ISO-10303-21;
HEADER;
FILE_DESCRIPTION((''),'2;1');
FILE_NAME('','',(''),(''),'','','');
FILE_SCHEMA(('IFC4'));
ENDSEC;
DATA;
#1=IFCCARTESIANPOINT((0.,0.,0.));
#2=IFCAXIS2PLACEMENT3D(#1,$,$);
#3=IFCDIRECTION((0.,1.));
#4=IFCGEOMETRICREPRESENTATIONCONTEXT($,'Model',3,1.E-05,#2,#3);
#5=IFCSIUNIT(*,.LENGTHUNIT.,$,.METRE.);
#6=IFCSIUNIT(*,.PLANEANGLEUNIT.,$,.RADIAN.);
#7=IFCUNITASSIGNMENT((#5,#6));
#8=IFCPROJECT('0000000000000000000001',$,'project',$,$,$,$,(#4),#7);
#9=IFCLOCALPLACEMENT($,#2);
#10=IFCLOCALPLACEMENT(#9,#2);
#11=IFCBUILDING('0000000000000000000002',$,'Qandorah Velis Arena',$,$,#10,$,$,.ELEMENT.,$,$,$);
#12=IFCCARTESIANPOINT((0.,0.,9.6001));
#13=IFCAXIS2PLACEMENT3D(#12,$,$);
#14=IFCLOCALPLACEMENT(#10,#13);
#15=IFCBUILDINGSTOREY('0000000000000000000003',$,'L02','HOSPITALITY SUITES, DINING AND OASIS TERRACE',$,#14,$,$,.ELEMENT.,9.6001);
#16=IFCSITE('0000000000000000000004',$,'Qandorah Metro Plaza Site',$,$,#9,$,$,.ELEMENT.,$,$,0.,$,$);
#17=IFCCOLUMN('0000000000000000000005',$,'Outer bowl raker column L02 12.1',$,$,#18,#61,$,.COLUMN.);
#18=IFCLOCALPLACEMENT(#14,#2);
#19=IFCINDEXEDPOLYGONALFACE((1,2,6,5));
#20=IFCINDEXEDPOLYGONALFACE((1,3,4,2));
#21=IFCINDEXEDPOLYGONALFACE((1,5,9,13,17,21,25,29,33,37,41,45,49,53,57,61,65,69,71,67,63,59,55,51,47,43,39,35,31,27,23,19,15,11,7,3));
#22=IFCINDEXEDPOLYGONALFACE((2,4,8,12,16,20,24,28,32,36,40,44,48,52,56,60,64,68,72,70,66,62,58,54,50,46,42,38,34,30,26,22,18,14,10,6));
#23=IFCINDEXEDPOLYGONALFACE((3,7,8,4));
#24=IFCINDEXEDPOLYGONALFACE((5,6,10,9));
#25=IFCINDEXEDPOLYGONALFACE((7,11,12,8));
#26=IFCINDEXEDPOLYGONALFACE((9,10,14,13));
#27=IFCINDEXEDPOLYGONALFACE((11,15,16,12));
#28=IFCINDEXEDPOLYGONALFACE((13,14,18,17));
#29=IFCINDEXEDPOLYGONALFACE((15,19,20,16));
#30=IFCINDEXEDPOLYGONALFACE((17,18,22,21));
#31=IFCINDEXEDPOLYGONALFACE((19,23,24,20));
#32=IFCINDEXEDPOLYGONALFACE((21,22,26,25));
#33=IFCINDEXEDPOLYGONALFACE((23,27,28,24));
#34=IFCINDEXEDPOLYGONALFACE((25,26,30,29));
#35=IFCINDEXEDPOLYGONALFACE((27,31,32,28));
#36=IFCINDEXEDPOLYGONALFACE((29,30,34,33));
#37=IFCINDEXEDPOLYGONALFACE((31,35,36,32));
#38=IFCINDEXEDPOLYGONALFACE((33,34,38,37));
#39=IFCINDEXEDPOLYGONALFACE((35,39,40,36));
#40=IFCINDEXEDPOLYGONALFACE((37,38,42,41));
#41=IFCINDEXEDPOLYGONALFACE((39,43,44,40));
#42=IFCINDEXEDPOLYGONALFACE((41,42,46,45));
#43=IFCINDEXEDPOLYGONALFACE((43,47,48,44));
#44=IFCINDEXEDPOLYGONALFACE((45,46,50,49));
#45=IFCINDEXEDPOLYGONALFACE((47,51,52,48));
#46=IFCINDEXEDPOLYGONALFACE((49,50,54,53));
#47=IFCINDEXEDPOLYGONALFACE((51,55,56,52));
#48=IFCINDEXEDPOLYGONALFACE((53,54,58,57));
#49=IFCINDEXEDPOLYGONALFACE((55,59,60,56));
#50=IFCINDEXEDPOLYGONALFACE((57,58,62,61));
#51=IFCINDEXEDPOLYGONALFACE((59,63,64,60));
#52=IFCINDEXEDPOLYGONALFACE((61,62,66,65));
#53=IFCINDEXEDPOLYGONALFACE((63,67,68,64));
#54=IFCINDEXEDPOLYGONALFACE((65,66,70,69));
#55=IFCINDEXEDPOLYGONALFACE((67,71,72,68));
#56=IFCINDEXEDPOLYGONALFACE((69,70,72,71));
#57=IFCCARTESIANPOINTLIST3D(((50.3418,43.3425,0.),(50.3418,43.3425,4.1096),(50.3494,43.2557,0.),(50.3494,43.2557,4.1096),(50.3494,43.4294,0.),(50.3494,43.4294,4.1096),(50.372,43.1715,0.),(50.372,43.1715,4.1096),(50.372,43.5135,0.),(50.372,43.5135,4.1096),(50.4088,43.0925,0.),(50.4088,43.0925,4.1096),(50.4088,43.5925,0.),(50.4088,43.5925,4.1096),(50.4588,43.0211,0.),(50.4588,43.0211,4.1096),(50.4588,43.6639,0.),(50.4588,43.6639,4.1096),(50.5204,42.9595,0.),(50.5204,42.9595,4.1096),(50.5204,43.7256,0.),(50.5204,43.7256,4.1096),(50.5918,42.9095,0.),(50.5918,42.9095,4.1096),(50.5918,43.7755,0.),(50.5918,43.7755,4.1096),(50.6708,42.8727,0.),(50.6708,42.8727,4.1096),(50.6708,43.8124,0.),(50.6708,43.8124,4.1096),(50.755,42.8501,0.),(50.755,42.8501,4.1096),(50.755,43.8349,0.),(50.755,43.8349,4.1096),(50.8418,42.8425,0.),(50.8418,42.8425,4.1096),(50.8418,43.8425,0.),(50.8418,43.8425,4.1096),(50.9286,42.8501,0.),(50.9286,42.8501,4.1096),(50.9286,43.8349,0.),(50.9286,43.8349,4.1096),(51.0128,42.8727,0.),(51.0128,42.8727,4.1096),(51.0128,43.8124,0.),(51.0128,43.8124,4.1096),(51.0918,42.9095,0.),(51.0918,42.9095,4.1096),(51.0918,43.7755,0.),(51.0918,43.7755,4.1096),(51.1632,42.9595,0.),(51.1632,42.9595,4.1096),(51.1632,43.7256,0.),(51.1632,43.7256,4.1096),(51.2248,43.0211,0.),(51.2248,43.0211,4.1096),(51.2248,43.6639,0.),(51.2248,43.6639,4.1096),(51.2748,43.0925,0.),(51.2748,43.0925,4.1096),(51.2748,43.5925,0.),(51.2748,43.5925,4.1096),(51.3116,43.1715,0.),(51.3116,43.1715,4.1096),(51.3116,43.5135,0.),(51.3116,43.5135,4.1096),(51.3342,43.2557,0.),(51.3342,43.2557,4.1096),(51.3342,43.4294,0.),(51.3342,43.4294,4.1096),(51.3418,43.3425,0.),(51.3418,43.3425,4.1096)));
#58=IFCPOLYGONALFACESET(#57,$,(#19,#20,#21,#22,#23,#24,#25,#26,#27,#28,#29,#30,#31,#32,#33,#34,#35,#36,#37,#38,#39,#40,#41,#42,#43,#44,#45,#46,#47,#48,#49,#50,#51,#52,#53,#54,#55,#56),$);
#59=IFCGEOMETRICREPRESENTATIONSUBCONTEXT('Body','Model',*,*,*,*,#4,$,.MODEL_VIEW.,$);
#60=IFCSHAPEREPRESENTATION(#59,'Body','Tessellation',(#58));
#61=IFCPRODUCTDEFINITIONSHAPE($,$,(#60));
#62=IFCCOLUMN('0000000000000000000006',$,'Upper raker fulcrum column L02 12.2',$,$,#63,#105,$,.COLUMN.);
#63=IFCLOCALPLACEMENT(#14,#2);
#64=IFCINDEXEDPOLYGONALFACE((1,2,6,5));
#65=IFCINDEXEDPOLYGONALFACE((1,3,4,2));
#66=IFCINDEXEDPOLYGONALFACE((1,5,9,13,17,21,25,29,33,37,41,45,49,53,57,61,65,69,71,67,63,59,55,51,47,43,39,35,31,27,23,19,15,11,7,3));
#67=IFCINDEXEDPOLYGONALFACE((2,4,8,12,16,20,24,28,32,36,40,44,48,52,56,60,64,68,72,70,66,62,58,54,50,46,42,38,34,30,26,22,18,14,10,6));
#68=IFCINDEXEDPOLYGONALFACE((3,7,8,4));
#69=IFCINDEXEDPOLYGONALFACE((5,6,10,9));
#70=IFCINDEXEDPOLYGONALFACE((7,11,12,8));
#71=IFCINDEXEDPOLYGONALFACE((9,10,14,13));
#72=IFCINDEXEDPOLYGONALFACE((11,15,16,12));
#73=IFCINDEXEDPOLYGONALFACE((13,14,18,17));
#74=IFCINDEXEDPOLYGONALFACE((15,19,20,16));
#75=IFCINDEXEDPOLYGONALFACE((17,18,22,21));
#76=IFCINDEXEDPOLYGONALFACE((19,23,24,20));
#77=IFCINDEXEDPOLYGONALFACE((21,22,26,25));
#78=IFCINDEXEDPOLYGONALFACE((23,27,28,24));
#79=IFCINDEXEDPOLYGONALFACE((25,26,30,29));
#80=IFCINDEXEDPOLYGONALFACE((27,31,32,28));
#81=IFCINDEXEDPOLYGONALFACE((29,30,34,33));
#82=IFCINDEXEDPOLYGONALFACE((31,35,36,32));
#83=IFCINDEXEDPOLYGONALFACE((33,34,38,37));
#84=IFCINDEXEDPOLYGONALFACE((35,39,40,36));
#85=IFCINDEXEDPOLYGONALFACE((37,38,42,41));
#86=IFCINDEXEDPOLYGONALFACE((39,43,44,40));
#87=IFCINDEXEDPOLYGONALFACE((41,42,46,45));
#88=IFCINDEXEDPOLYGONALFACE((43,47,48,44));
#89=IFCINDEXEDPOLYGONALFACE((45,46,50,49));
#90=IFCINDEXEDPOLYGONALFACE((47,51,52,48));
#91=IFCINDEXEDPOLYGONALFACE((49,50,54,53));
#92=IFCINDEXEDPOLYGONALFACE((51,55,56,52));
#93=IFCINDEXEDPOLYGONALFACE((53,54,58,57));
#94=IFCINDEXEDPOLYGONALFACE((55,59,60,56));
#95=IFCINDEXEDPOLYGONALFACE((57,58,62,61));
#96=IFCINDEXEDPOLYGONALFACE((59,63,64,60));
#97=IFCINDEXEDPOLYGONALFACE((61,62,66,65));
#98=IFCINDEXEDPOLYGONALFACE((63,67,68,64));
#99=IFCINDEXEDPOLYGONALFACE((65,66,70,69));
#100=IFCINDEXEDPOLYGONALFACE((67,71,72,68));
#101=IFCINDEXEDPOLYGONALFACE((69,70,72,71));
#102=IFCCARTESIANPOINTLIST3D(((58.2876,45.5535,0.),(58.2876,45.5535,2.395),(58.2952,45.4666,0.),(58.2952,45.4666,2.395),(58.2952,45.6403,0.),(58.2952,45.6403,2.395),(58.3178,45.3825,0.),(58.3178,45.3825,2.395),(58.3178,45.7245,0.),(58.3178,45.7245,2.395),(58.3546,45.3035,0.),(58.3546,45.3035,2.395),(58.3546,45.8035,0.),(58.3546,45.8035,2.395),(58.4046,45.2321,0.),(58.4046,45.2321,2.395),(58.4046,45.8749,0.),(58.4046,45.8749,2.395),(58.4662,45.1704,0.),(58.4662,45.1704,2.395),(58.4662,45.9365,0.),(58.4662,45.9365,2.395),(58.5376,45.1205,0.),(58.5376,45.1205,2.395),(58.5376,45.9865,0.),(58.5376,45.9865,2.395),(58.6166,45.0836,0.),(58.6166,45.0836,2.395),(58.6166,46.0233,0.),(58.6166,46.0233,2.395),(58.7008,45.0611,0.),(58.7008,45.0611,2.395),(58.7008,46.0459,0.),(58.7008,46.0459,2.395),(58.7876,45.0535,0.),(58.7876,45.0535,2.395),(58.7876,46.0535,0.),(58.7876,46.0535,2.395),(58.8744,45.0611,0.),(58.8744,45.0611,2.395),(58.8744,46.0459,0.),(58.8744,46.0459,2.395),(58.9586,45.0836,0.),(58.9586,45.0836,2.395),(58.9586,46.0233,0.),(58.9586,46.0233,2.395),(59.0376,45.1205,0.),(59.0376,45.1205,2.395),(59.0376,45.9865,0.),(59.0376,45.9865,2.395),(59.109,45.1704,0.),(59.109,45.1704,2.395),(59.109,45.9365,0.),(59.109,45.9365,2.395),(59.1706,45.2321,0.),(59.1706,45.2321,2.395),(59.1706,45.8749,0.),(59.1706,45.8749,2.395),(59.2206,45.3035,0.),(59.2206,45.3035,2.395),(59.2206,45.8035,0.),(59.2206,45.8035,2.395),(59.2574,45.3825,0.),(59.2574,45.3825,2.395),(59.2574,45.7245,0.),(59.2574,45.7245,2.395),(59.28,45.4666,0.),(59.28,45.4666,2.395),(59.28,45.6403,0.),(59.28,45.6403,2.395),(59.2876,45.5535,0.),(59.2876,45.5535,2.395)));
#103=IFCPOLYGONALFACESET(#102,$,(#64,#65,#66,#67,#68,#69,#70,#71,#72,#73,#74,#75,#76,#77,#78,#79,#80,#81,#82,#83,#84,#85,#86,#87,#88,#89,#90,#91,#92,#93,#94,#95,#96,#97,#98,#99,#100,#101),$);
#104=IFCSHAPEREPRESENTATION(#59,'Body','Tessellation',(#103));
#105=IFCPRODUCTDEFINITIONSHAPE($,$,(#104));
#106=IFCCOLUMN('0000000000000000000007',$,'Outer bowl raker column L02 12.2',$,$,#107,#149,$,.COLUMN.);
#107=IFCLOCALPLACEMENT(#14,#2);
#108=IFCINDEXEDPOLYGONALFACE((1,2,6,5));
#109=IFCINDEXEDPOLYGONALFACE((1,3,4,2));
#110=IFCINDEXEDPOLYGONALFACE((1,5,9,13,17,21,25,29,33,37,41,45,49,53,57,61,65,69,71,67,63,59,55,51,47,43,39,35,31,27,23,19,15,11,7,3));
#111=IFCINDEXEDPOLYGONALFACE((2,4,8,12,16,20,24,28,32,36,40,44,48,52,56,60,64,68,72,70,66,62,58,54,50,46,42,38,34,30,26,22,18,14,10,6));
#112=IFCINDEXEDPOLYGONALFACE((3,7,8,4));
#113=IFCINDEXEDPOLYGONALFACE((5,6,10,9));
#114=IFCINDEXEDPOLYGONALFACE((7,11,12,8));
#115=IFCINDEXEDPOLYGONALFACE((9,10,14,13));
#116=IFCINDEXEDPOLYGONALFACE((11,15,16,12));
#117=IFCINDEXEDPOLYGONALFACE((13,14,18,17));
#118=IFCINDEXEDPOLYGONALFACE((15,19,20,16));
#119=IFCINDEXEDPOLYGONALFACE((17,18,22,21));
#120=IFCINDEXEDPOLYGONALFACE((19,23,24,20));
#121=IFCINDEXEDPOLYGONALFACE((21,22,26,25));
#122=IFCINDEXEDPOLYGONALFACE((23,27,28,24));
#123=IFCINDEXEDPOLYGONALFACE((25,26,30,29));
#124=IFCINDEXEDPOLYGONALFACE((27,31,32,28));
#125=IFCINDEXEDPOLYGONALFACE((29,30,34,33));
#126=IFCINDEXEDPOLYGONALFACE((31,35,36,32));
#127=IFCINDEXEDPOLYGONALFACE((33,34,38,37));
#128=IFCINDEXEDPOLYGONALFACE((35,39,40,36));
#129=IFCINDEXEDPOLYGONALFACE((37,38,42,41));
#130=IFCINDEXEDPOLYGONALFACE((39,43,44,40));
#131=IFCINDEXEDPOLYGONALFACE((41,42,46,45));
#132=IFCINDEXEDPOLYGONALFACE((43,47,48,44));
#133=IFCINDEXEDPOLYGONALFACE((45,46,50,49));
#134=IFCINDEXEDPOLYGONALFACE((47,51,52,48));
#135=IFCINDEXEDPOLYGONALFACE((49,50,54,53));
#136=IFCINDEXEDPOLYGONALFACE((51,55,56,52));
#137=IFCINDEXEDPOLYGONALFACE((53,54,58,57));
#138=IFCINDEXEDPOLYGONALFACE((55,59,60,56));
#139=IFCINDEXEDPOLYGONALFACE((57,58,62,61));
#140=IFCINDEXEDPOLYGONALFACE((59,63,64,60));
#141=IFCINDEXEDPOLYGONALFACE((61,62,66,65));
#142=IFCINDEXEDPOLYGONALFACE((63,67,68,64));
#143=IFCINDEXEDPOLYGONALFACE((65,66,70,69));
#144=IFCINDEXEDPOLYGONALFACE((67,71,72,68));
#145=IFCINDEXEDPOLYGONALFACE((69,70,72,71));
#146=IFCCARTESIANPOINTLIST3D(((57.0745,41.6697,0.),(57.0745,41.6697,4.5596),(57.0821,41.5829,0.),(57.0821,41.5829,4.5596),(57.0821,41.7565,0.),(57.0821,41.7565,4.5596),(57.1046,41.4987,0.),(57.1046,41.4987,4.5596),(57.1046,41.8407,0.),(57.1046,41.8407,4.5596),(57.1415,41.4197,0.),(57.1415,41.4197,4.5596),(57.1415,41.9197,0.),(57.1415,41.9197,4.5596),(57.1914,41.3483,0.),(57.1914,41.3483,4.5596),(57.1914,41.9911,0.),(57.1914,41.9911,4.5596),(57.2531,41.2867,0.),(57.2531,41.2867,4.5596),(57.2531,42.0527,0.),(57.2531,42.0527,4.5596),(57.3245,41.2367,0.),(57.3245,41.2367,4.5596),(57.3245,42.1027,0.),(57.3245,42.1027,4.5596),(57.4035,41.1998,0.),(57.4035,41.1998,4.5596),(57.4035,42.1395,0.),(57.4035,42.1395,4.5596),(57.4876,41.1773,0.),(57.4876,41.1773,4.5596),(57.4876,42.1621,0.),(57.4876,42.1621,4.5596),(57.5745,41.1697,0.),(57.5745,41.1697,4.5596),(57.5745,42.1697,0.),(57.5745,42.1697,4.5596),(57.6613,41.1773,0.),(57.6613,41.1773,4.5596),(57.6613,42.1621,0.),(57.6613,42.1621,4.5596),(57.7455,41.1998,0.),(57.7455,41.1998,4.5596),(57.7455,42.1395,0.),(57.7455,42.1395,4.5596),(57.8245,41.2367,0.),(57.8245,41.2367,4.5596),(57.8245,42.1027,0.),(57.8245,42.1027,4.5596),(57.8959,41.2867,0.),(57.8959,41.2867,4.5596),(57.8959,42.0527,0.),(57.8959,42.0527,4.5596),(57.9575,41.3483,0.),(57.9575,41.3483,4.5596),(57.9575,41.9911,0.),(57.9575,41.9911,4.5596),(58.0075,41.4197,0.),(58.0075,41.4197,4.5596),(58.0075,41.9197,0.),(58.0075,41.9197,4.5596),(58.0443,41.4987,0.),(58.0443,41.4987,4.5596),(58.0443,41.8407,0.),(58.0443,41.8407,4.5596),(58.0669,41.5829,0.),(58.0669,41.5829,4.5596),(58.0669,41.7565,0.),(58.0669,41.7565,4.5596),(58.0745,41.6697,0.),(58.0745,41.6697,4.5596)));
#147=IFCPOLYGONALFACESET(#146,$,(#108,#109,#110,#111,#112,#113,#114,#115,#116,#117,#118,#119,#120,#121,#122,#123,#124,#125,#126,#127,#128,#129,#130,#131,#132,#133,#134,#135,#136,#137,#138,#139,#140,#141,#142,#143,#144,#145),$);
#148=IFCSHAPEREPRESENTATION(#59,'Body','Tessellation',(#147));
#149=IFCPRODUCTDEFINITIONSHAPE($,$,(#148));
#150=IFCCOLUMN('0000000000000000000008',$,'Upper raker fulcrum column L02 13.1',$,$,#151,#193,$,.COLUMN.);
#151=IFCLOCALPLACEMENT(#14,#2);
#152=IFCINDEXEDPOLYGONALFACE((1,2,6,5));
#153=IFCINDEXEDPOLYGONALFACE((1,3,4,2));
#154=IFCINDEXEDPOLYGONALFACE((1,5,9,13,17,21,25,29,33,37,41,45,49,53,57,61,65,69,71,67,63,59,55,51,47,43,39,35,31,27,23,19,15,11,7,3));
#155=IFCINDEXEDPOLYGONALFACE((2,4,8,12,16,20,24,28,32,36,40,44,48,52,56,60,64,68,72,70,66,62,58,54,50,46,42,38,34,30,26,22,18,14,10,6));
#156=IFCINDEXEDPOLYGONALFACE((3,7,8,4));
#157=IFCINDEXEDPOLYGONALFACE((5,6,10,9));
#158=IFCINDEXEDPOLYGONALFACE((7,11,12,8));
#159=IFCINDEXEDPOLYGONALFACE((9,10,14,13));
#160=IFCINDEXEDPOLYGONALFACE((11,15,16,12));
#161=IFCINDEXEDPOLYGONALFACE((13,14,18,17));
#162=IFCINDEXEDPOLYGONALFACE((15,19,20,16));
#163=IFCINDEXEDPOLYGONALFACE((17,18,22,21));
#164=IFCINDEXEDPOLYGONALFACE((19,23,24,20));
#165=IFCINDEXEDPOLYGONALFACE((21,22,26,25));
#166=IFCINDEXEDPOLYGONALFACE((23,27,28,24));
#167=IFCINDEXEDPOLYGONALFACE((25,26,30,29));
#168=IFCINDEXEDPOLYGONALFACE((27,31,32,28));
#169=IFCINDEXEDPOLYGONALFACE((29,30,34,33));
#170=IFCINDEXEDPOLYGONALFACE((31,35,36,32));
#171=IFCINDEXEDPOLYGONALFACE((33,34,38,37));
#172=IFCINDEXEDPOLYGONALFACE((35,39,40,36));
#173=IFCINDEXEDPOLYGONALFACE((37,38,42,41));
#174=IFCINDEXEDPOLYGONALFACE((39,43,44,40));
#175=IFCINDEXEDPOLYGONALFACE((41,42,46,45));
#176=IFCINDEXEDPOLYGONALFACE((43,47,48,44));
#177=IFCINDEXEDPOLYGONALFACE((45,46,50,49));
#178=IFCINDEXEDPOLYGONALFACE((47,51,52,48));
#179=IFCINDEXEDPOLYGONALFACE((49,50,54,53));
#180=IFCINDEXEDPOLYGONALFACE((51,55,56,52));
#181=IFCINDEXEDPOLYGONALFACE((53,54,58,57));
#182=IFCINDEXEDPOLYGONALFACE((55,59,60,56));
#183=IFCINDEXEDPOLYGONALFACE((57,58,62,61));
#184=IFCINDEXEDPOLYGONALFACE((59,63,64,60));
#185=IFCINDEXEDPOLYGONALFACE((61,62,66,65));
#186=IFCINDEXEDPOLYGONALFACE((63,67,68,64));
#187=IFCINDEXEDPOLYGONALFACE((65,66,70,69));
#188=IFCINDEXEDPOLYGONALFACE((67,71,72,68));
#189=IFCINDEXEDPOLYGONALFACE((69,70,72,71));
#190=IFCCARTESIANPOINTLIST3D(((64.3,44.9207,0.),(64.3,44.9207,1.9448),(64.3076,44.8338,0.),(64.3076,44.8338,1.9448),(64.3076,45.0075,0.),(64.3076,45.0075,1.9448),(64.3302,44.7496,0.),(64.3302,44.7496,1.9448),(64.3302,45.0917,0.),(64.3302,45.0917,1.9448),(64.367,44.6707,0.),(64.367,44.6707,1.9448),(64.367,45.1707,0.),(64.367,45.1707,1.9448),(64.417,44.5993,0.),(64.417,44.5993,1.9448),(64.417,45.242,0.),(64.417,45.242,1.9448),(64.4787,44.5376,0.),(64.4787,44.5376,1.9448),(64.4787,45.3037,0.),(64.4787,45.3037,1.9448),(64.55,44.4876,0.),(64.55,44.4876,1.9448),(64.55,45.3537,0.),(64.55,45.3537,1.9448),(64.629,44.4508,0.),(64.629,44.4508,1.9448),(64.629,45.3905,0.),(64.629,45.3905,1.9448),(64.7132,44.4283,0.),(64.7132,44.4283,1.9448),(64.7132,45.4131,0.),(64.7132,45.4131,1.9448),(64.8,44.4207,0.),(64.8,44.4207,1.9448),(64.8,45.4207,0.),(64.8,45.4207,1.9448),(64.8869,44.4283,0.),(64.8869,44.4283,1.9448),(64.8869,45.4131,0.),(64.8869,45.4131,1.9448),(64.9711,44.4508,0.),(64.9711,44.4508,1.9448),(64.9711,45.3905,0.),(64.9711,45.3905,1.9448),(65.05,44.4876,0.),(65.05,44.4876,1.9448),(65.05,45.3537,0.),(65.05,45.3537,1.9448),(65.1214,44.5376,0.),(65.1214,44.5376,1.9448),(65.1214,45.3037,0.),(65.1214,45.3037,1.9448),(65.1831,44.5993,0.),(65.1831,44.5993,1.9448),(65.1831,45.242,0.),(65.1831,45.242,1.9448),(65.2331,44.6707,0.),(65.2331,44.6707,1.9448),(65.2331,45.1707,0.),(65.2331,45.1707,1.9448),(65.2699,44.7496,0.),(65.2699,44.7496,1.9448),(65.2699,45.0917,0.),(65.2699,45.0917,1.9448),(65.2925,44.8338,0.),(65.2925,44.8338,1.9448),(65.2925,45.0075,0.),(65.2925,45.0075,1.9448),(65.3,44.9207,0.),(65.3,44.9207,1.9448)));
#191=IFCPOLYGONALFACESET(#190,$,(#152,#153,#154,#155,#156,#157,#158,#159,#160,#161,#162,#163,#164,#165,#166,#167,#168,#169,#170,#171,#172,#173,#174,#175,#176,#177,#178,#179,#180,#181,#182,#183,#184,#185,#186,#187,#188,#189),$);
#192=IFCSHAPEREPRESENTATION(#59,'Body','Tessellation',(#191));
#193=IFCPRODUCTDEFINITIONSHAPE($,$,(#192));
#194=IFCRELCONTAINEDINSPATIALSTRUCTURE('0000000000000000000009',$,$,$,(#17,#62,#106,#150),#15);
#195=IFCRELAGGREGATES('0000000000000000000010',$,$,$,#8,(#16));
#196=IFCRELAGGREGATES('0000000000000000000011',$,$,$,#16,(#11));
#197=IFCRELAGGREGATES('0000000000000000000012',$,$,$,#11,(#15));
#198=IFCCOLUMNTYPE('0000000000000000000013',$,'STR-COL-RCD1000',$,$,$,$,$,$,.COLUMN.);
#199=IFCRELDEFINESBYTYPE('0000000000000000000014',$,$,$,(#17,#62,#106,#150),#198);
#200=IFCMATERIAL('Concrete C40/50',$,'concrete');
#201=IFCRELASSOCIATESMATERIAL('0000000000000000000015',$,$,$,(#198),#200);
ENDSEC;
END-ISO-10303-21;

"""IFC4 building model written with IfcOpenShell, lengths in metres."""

from ifc_helpers import new_model, si_unit, direction, frame, origin, origin_2d, place, context, subcontext, project, spatial, circle, extrude, material, material_profile, profile_set, type_object, element, save


model = new_model("IFC4")

# Units and contexts
model_context = context("Model", 3, precision=1e-05, world=origin(), true_north=direction((0.0, 1.0)))
body_context = subcontext(model_context, "Body", "Model", "MODEL_VIEW")
ifc_project = project(units=[si_unit("LENGTHUNIT", "METRE"), si_unit("PLANEANGLEUNIT", "RADIAN")], contexts=[model_context])

# Site, building, storey
site_placement = place(None, origin())
site = spatial("IfcSite", under=ifc_project, at=site_placement, Name="Qandorah Metro Plaza Site", CompositionType="ELEMENT", RefElevation=0.0)
building_placement = place(site_placement, origin())
building = spatial("IfcBuilding", under=site, at=building_placement, Name="Qandorah Velis Arena", CompositionType="ELEMENT")
storey_placement = place(building_placement, frame((0.0, 0.0, 9.6001)))
storey = spatial("IfcBuildingStorey", under=building, at=storey_placement, Name="L02", Description="HOSPITALITY SUITES, DINING AND OASIS TERRACE", CompositionType="ELEMENT", Elevation=9.6001)

# Columns
ifc_material_1 = material(Name="Concrete C40/50", Category="concrete")
ifc_material_profile_1 = material_profile(ifc_material_1, circle(Radius=0.5, at=origin_2d()), Name="RC D1000")
ifc_profile_set_1 = profile_set([ifc_material_profile_1], Name="Concrete C40/50")
column_type_1 = type_object("IfcColumnType", Name="STR-COL-RCD1000", PredefinedType="COLUMN", material=ifc_profile_set_1)
column_1_placement = place(storey_placement, frame((50.8418, 43.3425, 0.0), z_axis=(0.0, 0.0, 1.0), x_axis=(1.0, 0.0, 0.0)))
element("IfcColumn", 1, at=column_1_placement, inside=storey, type_object=column_type_1, Name="Outer bowl raker column L02 12.1", PredefinedType="COLUMN", context=body_context, shape_type="SweptSolid", body=[
    extrude(circle(Radius=0.5, at=origin_2d()), origin(), (0.0, 0.0, 1.0), 4.1096),
])
column_2_placement = place(storey_placement, frame((58.7876, 45.5535, 0.0), z_axis=(0.0, 0.0, 1.0), x_axis=(1.0, 0.0, 0.0)))
element("IfcColumn", 2, at=column_2_placement, inside=storey, type_object=column_type_1, Name="Upper raker fulcrum column L02 12.2", PredefinedType="COLUMN", context=body_context, shape_type="SweptSolid", body=[
    extrude(circle(Radius=0.5, at=origin_2d()), origin(), (0.0, 0.0, 1.0), 2.395),
])
column_3_placement = place(storey_placement, frame((57.5745, 41.6697, 0.0), z_axis=(0.0, 0.0, 1.0), x_axis=(1.0, 0.0, 0.0)))
element("IfcColumn", 3, at=column_3_placement, inside=storey, type_object=column_type_1, Name="Outer bowl raker column L02 12.2", PredefinedType="COLUMN", context=body_context, shape_type="SweptSolid", body=[
    extrude(circle(Radius=0.5, at=origin_2d()), origin(), (0.0, 0.0, 1.0), 4.5596),
])
column_4_placement = place(storey_placement, frame((64.8, 44.9207, 0.0), z_axis=(0.0, 0.0, 1.0), x_axis=(1.0, 0.0, 0.0)))
element("IfcColumn", 4, at=column_4_placement, inside=storey, type_object=column_type_1, Name="Upper raker fulcrum column L02 13.1", PredefinedType="COLUMN", context=body_context, shape_type="SweptSolid", body=[
    extrude(circle(Radius=0.5, at=origin_2d()), origin(), (0.0, 0.0, 1.0), 1.9448),
])

save(model, "model.ifc")
